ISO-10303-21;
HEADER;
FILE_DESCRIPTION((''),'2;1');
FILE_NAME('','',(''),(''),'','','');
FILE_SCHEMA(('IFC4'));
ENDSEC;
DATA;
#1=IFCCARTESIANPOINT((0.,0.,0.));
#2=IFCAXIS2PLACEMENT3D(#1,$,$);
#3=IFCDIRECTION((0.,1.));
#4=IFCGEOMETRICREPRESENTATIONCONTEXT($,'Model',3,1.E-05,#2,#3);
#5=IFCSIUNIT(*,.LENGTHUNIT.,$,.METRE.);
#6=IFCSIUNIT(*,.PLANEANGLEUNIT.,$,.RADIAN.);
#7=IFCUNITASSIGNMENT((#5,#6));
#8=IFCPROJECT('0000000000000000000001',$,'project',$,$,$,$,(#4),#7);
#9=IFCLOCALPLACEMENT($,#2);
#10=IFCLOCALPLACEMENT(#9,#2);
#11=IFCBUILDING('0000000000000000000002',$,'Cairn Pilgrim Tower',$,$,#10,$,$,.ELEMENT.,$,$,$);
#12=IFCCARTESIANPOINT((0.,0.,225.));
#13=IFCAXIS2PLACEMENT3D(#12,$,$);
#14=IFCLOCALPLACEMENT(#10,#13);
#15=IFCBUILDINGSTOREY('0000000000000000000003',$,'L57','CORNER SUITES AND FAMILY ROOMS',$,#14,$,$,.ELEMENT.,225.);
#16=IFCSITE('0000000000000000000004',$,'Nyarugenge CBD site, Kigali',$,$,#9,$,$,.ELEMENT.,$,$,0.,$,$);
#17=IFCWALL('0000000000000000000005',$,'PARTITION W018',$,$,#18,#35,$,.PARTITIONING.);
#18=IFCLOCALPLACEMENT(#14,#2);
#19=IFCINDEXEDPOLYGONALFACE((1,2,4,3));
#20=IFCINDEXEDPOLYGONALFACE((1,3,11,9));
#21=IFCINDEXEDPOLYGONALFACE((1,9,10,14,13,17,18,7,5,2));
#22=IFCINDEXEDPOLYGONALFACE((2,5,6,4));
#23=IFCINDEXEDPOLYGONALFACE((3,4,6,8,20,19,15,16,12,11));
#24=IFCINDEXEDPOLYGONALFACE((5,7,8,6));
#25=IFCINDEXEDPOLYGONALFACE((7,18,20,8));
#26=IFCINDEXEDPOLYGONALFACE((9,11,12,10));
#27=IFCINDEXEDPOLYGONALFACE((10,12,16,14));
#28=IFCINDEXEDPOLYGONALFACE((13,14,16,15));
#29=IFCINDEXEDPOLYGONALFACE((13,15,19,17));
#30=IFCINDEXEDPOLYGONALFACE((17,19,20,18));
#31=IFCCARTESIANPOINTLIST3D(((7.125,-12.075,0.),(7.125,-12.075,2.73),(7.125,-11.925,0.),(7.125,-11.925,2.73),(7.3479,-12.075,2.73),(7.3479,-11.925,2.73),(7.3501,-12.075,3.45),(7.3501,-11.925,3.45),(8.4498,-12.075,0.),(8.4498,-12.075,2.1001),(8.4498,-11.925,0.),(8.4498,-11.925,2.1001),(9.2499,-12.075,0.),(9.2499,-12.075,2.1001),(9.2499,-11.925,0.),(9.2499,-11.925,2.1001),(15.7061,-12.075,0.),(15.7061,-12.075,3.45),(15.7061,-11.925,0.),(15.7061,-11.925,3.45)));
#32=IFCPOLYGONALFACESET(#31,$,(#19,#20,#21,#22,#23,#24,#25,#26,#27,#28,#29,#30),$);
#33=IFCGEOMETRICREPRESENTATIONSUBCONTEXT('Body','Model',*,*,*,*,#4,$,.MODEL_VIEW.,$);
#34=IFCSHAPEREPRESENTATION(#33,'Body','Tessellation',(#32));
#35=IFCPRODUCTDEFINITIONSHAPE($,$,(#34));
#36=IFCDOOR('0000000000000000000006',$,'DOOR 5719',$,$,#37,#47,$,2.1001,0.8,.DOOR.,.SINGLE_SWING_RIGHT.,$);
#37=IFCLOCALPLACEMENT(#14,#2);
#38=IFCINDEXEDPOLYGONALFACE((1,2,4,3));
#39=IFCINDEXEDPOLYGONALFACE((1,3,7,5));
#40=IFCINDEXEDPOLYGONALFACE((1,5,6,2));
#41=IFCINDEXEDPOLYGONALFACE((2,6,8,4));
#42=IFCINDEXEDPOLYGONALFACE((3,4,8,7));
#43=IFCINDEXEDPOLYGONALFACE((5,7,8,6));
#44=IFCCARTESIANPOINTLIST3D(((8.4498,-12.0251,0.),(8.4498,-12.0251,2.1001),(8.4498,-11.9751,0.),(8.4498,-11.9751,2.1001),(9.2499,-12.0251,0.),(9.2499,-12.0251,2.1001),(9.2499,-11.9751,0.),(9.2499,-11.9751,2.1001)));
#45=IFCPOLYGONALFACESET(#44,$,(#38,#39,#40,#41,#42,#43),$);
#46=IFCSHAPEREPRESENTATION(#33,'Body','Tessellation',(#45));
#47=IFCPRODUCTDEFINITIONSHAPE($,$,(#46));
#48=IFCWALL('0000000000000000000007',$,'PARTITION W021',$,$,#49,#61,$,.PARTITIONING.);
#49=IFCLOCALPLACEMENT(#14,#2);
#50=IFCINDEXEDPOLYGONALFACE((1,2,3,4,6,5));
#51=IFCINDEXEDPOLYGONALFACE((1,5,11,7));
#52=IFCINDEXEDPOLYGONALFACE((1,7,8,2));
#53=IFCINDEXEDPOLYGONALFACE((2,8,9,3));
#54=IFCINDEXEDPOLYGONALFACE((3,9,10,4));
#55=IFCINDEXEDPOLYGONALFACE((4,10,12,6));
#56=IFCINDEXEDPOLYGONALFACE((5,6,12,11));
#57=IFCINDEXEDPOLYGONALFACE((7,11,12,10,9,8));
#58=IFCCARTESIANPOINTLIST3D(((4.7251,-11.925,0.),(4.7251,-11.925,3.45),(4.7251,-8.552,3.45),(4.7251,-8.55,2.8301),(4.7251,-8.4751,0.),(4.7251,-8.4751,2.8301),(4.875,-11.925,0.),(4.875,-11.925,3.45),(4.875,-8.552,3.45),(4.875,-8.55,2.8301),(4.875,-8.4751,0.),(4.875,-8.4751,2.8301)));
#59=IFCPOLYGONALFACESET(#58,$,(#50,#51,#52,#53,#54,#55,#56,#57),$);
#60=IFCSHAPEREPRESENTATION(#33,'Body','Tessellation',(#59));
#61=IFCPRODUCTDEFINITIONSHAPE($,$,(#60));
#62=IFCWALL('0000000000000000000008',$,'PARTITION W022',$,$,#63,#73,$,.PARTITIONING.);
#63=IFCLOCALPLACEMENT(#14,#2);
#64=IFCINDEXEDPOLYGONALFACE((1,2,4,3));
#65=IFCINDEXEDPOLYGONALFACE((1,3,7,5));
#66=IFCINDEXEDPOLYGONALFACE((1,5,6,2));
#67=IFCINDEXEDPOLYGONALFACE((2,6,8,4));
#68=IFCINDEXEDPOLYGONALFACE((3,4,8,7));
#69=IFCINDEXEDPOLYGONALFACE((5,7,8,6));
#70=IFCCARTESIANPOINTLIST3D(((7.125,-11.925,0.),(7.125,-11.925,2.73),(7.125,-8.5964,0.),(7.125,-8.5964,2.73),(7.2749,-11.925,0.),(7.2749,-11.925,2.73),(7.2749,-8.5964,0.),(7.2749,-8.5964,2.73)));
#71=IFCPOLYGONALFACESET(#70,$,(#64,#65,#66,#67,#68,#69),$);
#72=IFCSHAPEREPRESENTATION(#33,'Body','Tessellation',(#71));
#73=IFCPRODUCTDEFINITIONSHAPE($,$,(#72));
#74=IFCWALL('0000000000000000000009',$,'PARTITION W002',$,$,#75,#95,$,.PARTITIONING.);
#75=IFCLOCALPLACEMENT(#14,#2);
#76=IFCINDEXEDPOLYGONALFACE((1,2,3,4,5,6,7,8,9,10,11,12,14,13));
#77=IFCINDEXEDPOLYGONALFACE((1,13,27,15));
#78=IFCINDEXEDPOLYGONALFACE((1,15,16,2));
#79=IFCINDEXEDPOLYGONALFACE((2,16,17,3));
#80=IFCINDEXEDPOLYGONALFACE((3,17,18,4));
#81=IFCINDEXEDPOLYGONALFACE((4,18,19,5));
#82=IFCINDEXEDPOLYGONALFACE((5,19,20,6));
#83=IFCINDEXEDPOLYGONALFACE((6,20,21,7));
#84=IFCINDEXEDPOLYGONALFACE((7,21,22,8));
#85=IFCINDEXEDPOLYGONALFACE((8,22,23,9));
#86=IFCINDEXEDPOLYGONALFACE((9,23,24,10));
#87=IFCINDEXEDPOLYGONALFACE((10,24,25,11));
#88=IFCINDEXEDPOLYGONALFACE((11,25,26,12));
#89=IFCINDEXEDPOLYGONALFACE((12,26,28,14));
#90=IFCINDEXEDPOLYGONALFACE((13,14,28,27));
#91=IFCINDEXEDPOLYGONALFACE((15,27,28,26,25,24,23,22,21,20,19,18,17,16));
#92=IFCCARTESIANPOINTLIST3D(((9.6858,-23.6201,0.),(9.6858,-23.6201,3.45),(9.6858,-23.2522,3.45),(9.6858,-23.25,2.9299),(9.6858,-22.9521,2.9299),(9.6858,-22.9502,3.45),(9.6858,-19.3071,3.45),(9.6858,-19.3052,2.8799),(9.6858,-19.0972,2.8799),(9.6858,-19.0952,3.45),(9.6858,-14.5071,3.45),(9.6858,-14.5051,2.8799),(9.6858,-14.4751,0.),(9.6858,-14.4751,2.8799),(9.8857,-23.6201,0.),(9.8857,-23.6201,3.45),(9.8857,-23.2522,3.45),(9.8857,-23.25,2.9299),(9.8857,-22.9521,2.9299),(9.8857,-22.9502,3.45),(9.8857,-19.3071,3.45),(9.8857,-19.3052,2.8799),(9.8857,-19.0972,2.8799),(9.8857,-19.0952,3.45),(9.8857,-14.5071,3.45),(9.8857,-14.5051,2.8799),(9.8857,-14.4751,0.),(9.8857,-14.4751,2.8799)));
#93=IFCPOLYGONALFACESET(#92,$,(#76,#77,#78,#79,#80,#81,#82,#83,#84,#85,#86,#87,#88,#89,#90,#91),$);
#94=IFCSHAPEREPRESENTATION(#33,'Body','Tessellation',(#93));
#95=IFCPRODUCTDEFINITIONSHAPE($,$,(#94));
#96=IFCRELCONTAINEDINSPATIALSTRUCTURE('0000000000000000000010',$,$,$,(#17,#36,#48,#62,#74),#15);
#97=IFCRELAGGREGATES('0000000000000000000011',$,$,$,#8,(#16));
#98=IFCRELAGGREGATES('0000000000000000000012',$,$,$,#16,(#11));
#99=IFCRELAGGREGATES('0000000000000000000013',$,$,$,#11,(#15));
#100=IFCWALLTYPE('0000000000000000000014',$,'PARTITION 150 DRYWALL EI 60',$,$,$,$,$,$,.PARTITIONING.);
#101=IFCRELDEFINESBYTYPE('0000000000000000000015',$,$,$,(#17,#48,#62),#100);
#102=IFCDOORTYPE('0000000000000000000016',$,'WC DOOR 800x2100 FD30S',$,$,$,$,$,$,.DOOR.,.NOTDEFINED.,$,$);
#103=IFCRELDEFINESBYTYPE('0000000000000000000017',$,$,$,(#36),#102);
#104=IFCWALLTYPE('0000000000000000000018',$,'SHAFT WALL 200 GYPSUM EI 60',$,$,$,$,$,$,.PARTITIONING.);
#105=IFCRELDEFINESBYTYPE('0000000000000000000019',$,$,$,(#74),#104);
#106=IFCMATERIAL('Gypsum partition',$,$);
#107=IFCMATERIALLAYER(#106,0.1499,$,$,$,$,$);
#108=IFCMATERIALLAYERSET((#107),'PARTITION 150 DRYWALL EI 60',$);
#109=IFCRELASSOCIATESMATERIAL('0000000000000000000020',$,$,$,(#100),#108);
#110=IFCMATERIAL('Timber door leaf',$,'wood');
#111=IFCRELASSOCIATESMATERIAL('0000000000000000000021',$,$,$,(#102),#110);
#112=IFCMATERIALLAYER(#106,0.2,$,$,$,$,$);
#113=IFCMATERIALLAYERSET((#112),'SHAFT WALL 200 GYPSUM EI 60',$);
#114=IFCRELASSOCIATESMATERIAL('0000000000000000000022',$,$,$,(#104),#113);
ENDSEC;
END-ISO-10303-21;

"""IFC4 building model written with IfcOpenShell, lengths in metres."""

from ifc_helpers import new_model, si_unit, direction, frame, frame_2d, origin, place, context, subcontext, project, spatial, polyline, rectangle, outline, extrude, material, layer, layer_set, type_object, element, fill, save


model = new_model("IFC4")

# Units and contexts
model_context = context("Model", 3, precision=1e-05, world=origin(), true_north=direction((0.0, 1.0)))
body_context = subcontext(model_context, "Body", "Model", "MODEL_VIEW")
ifc_project = project(units=[si_unit("LENGTHUNIT", "METRE"), si_unit("PLANEANGLEUNIT", "RADIAN")], contexts=[model_context])

# Site, building, storey
site_placement = place(None, origin())
site = spatial("IfcSite", under=ifc_project, at=site_placement, Name="Nyarugenge CBD site, Kigali", CompositionType="ELEMENT", RefElevation=0.0)
building_placement = place(site_placement, origin())
building = spatial("IfcBuilding", under=site, at=building_placement, Name="Cairn Pilgrim Tower", CompositionType="ELEMENT")
storey_placement = place(building_placement, frame((0.0, 0.0, 225.0)))
storey = spatial("IfcBuildingStorey", under=building, at=storey_placement, Name="L57", Description="CORNER SUITES AND FAMILY ROOMS", CompositionType="ELEMENT", Elevation=225.0)

# Shared definitions
ifc_material_1 = material(Name="Gypsum partition")

# Wall, opening, door
ifc_material_2 = material(Name="Timber door leaf", Category="wood")
ifc_layer_1 = layer(ifc_material_1, 0.1499)
ifc_layer_set_1 = layer_set([ifc_layer_1], Name="PARTITION 150 DRYWALL EI 60")
wall_type_1 = type_object("IfcWallType", Name="PARTITION 150 DRYWALL EI 60", PredefinedType="PARTITIONING", material=ifc_layer_set_1)
wall_1_placement = place(storey_placement, frame((7.125, -12.0, 0.0), z_axis=(0.0, 0.0, 1.0), x_axis=(1.0, 0.0, 0.0)))
wall_1 = element("IfcWall", 1, at=wall_1_placement, inside=storey, type_object=wall_type_1, Name="PARTITION W018", PredefinedType="PARTITIONING", context=body_context, shape_type="SweptSolid", body=[
    extrude(outline(polyline([(0.0, 0.0), (8.5811, 0.0), (8.5811, 3.45), (0.2251, 3.45), (0.2229, 2.73), (0.0, 2.73), (0.0, 0.0)])), frame((0.0, 0.075, 0.0), z_axis=(0.0, -1.0, 0.0), x_axis=(1.0, 0.0, 0.0)), (0.0, 0.0, 1.0), 0.1499),
])
opening_1_placement = place(wall_1_placement, frame((1.325, 0.0, 0.0)))
opening_1 = element("IfcOpeningElement", 2, at=opening_1_placement, cuts=wall_1, PredefinedType="OPENING", context=body_context, shape_type="SweptSolid", body=[
    extrude(rectangle(XDim=0.8, YDim=2.1001, at=frame_2d((0.3999, 1.05))), frame((0.0, 0.085, 0.0), z_axis=(0.0, -1.0, 0.0), x_axis=(1.0, 0.0, 0.0)), (0.0, 0.0, 1.0), 0.1699),
])
door_type_1 = type_object("IfcDoorType", Name="WC DOOR 800x2100 FD30S", OperationType="NOTDEFINED", PredefinedType="DOOR", material=ifc_material_2)
door_1_placement = place(opening_1_placement, origin())
door_1 = element("IfcDoor", 3, at=door_1_placement, inside=storey, type_object=door_type_1, Name="DOOR 5719", OperationType="SINGLE_SWING_RIGHT", OverallHeight=2.1001, OverallWidth=0.8, PredefinedType="DOOR", context=body_context, shape_type="SweptSolid", body=[
    extrude(rectangle(XDim=0.8, YDim=2.1001, at=frame_2d((0.3999, 1.05))), frame((0.0, 0.0249, 0.0), z_axis=(0.0, -1.0, 0.0), x_axis=(1.0, 0.0, 0.0)), (0.0, 0.0, 1.0), 0.05),
])
fill(opening_1, door_1)

# Walls
wall_2_placement = place(storey_placement, frame((4.8, -11.925, 0.0), z_axis=(0.0, 0.0, 1.0), x_axis=(0.0, 1.0, 0.0)))
element("IfcWall", 4, at=wall_2_placement, inside=storey, type_object=wall_type_1, Name="PARTITION W021", PredefinedType="PARTITIONING", context=body_context, shape_type="SweptSolid", body=[
    extrude(outline(polyline([(0.0, 0.0), (3.45, 0.0), (3.45, 2.8301), (3.375, 2.8301), (3.373, 3.45), (0.0, 3.45), (0.0, 0.0)])), frame((0.0, 0.075, 0.0), z_axis=(0.0, -1.0, 0.0), x_axis=(1.0, 0.0, 0.0)), (0.0, 0.0, 1.0), 0.1499),
])
wall_3_placement = place(storey_placement, frame((7.2, -11.925, 0.0), z_axis=(0.0, 0.0, 1.0), x_axis=(0.0, 1.0, 0.0)))
element("IfcWall", 5, at=wall_3_placement, inside=storey, type_object=wall_type_1, Name="PARTITION W022", PredefinedType="PARTITIONING", context=body_context, shape_type="SweptSolid", body=[
    extrude(rectangle(XDim=3.3286, YDim=0.1499, at=frame_2d((1.6643, 0.0))), origin(), (0.0, 0.0, 1.0), 2.73),
])
ifc_layer_2 = layer(ifc_material_1, 0.2)
ifc_layer_set_2 = layer_set([ifc_layer_2], Name="SHAFT WALL 200 GYPSUM EI 60")
wall_type_2 = type_object("IfcWallType", Name="SHAFT WALL 200 GYPSUM EI 60", PredefinedType="PARTITIONING", material=ifc_layer_set_2)
wall_4_placement = place(storey_placement, frame((9.7859, -23.6201, 0.0), z_axis=(0.0, 0.0, 1.0), x_axis=(0.0, 1.0, 0.0)))
element("IfcWall", 6, at=wall_4_placement, inside=storey, type_object=wall_type_2, Name="PARTITION W002", PredefinedType="PARTITIONING", context=body_context, shape_type="SweptSolid", body=[
    extrude(outline(polyline([(0.0, 0.0), (9.145, 0.0), (9.145, 2.8799), (9.115, 2.8799), (9.113, 3.45), (4.5249, 3.45), (4.5229, 2.8799), (4.3149, 2.8799), (4.313, 3.45), (0.6699, 3.45), (0.668, 2.9299), (0.3701, 2.9299), (0.3679, 3.45), (0.0, 3.45), (0.0, 0.0)])), frame((0.0, 0.1001, 0.0), z_axis=(0.0, -1.0, 0.0), x_axis=(1.0, 0.0, 0.0)), (0.0, 0.0, 1.0), 0.2),
])

save(model, "model.ifc")
